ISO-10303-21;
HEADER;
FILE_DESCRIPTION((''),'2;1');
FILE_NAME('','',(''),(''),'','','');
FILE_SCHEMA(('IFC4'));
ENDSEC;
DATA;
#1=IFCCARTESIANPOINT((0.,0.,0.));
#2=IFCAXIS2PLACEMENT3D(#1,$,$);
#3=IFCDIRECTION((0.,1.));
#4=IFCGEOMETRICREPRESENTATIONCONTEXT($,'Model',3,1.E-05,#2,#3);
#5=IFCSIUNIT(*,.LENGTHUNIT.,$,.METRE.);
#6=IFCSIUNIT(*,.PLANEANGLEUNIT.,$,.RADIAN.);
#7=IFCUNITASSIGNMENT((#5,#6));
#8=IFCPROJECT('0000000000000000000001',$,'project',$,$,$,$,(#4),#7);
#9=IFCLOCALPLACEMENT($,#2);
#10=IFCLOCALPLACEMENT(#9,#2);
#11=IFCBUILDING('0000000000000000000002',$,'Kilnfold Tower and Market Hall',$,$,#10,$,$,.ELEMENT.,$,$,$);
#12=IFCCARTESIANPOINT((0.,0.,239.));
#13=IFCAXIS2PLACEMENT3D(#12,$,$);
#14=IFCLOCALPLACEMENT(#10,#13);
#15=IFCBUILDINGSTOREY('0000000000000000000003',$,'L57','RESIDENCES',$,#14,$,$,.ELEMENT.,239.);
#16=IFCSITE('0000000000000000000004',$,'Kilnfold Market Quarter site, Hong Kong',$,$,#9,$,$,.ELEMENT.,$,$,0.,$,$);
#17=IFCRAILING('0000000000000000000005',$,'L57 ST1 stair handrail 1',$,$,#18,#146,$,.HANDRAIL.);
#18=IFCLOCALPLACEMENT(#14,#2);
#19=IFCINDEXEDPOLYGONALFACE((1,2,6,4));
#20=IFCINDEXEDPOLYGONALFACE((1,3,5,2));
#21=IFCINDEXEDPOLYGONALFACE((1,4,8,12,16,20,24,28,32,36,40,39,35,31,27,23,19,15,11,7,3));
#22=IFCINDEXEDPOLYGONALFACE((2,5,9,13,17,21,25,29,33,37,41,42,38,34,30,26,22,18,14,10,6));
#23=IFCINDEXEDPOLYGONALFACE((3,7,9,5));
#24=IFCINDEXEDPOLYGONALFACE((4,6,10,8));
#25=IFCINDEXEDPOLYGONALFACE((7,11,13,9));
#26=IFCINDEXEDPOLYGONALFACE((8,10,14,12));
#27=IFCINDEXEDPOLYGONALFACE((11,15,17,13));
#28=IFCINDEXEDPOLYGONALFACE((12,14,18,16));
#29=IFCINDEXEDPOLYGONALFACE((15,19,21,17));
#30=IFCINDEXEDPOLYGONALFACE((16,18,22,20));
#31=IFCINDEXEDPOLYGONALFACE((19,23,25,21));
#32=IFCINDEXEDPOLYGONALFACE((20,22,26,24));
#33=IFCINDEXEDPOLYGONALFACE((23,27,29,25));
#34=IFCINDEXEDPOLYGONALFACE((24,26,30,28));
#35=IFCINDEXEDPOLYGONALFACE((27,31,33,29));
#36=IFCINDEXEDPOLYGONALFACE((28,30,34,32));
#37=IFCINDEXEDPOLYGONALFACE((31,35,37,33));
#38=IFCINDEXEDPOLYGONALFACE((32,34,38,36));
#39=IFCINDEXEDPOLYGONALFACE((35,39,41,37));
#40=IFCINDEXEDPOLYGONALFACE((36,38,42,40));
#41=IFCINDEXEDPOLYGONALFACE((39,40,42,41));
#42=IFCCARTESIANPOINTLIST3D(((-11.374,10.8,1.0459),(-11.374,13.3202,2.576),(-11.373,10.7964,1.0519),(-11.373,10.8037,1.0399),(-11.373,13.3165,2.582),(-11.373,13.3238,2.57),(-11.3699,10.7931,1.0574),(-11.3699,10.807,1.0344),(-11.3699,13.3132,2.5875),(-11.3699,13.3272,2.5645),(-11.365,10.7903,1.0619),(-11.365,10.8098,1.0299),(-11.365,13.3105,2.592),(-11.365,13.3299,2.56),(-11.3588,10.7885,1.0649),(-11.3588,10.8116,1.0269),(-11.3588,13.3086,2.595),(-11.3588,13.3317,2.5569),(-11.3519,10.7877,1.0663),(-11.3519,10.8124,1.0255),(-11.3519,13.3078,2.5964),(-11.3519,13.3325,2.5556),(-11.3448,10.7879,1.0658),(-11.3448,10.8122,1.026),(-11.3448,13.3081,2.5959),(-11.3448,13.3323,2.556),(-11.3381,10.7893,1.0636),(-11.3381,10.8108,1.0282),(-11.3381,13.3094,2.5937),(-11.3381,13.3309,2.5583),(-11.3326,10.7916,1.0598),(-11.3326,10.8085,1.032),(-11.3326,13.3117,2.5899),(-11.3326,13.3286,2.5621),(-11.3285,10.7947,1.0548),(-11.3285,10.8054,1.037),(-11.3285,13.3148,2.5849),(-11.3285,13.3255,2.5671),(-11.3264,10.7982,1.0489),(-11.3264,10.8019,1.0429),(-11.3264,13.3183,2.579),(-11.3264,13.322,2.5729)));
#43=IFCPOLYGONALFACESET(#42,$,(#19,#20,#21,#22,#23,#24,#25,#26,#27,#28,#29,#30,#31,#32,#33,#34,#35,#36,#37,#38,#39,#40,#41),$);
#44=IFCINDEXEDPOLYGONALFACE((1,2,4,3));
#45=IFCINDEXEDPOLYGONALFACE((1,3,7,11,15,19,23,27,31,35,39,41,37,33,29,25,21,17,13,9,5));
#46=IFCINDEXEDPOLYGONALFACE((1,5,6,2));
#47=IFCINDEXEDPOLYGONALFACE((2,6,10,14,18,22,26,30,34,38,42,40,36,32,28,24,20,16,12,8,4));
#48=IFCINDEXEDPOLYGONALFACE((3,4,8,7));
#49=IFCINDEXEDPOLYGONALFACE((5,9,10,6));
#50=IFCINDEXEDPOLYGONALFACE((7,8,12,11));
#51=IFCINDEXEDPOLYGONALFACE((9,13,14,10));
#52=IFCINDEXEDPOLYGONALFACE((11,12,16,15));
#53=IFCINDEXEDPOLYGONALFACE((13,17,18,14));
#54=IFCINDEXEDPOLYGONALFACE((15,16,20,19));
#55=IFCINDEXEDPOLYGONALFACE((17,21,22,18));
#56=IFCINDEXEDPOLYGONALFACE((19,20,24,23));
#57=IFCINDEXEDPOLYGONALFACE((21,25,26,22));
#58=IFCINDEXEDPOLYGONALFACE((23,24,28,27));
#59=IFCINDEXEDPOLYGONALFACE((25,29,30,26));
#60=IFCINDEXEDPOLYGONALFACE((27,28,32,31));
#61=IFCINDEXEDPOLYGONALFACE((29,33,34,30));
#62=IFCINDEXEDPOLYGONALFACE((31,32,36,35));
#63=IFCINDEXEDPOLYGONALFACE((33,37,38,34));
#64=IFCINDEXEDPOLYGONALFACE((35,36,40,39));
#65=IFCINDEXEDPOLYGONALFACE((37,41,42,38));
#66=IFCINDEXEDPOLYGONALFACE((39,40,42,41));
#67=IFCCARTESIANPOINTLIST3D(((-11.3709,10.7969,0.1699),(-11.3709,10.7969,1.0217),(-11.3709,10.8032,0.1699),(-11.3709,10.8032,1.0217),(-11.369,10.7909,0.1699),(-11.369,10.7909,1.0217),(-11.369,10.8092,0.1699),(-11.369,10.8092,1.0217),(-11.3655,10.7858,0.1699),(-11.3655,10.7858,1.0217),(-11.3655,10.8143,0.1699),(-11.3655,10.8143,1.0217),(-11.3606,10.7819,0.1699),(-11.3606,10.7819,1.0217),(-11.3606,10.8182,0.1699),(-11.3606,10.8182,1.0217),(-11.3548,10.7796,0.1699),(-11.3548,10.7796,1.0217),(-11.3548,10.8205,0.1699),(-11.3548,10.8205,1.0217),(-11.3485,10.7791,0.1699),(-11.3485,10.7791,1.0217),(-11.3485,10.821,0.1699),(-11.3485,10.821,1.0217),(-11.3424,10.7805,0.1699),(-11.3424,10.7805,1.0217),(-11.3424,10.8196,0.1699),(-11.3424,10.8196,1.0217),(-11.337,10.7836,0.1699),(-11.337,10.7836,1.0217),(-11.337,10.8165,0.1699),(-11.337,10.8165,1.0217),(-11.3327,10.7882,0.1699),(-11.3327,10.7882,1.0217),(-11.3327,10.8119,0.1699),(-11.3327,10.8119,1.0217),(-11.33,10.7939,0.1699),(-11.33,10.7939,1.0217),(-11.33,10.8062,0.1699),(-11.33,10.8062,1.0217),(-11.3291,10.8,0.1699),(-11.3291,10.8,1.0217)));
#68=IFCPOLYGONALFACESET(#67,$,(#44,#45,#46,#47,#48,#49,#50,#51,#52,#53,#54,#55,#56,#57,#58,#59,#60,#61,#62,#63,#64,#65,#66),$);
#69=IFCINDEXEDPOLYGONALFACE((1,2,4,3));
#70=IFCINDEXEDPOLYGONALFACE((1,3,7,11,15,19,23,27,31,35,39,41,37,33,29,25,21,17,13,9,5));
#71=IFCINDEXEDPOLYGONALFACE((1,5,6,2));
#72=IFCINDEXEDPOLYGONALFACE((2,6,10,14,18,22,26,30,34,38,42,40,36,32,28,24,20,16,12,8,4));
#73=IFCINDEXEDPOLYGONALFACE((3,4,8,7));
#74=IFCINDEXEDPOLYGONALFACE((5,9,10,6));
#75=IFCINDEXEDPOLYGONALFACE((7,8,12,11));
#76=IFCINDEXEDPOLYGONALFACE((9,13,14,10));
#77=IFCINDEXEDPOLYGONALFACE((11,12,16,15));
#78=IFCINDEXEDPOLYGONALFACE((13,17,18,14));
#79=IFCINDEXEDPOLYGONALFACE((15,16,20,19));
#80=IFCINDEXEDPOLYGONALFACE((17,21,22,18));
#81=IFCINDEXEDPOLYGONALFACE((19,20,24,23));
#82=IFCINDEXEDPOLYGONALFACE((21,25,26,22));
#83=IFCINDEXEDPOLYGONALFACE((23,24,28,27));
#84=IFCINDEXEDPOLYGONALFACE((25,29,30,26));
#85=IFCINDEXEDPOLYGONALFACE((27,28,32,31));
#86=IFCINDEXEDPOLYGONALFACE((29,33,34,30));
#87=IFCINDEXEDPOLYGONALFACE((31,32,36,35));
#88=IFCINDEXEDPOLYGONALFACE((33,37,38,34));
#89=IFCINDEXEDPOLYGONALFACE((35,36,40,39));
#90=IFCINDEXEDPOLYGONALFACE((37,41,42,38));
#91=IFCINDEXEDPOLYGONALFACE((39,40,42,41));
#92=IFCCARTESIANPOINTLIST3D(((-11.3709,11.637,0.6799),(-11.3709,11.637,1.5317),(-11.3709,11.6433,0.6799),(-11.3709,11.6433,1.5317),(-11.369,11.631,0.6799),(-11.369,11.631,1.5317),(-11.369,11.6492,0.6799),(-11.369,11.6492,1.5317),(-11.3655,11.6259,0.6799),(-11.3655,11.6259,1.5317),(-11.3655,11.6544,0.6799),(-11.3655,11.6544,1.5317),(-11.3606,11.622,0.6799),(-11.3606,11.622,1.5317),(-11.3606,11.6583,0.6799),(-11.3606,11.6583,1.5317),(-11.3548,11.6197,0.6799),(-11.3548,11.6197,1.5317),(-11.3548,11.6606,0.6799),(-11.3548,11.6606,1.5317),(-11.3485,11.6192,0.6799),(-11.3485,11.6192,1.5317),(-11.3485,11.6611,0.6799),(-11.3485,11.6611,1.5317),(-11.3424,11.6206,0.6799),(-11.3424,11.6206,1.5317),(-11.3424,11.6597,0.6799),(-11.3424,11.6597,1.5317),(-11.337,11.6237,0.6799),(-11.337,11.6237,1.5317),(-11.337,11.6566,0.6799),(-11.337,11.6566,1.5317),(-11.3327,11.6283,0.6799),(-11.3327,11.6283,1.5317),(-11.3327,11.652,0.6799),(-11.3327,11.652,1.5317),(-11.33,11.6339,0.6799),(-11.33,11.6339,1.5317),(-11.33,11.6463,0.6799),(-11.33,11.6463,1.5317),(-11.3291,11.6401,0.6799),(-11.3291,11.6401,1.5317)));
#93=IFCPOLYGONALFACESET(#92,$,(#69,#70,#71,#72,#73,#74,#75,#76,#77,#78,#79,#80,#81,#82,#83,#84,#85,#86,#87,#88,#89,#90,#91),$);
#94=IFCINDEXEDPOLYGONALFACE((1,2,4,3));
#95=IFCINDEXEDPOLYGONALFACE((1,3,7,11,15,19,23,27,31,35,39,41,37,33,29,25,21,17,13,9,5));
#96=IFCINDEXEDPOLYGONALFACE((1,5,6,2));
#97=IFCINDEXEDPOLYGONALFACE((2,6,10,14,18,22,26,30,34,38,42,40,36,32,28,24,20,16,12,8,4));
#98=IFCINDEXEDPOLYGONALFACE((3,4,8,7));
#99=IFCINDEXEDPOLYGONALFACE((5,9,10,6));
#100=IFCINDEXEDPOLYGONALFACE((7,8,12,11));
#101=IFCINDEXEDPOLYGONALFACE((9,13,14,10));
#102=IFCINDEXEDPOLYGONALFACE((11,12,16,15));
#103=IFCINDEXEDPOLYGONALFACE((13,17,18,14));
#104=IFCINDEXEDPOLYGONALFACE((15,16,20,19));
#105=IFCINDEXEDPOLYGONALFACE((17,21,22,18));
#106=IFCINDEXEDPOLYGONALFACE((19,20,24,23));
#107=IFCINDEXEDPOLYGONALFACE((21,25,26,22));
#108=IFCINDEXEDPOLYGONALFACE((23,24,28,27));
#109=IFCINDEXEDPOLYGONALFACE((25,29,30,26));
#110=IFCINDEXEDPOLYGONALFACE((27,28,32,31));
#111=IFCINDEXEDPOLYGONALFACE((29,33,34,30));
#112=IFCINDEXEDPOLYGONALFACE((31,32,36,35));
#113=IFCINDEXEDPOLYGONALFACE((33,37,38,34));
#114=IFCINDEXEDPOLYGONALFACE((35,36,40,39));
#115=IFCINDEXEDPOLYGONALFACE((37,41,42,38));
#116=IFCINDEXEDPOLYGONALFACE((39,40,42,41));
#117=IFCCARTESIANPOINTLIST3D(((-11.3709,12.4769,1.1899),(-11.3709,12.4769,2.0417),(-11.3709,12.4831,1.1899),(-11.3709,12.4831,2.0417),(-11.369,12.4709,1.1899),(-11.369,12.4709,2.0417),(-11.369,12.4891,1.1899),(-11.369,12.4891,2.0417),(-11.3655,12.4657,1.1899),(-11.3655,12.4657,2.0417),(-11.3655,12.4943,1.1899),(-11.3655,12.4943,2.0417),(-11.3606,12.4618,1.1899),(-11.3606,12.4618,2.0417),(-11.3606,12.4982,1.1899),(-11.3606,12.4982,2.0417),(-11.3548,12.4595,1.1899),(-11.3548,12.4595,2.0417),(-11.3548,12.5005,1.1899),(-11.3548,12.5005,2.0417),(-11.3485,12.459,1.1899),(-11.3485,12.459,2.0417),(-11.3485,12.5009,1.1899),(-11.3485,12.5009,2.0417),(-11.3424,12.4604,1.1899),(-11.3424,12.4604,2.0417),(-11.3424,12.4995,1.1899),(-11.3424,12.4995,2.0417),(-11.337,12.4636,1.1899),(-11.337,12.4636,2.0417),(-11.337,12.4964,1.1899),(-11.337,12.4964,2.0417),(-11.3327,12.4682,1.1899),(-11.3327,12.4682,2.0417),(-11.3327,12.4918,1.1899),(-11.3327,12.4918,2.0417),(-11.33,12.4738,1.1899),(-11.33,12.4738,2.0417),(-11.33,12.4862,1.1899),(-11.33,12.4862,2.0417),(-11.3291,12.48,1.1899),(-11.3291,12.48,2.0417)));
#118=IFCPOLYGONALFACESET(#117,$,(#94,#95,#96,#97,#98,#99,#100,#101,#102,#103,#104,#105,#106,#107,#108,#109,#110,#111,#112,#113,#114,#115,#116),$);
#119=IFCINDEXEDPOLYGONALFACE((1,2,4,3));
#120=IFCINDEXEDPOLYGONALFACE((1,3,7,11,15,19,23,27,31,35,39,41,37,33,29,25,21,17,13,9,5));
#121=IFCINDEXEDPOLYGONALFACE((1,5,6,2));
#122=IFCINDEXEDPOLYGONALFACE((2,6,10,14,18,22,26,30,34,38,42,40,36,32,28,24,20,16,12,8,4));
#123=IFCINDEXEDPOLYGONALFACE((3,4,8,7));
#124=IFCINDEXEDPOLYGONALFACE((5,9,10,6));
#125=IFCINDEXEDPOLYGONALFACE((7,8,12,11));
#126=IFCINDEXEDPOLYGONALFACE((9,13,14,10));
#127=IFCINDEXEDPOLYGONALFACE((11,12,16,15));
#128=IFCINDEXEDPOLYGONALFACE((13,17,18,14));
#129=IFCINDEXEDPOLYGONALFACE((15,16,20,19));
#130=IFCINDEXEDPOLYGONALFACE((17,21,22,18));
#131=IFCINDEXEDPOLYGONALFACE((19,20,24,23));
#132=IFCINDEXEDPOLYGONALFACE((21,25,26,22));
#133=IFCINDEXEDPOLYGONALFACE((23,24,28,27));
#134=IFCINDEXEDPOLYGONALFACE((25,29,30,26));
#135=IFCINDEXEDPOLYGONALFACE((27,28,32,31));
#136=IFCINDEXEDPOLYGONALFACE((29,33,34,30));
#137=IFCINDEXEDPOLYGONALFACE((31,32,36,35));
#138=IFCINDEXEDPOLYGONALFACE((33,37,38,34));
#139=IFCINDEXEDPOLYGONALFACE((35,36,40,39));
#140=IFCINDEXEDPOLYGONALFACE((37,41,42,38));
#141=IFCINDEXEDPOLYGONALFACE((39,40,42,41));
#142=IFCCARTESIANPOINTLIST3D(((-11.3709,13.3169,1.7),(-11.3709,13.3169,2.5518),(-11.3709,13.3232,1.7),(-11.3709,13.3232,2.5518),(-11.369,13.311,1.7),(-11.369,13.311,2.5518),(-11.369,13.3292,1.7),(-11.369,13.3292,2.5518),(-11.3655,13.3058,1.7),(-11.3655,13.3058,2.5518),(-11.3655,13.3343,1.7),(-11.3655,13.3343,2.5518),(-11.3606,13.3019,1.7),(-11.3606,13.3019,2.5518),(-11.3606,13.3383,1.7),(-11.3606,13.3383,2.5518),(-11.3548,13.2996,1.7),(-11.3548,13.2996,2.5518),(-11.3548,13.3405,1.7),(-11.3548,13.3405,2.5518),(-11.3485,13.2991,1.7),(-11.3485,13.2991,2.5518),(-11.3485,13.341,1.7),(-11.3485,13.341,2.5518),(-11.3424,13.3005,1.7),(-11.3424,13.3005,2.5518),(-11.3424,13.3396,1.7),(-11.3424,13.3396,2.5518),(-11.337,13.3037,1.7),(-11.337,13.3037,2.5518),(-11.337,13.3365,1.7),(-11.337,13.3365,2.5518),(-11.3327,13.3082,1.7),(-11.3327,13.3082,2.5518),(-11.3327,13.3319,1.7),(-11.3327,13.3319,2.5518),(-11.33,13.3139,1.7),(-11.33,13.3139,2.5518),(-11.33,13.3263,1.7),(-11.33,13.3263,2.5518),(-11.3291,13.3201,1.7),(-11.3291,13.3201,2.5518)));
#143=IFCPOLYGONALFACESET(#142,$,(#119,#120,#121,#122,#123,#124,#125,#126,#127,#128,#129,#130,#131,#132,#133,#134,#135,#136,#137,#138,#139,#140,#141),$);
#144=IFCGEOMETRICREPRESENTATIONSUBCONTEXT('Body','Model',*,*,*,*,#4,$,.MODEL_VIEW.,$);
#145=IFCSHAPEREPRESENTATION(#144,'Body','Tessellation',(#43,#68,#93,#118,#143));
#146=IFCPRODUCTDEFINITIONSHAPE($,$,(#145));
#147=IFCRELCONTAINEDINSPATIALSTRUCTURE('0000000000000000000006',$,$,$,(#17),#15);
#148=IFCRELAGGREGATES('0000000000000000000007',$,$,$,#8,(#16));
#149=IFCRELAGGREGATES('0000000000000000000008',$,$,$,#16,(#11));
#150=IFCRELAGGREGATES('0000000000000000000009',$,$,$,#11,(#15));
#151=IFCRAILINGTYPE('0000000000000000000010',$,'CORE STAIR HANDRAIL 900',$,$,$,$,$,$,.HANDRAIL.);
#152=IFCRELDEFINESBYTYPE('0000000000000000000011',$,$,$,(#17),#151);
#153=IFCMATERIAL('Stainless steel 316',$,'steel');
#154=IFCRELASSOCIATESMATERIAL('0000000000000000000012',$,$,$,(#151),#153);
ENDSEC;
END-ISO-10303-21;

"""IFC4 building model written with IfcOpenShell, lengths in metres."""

from ifc_helpers import new_model, si_unit, direction, frame, origin, origin_2d, place, context, subcontext, project, spatial, circle, extrude, material, type_object, element, save


model = new_model("IFC4")

# Units and contexts
model_context = context("Model", 3, precision=1e-05, world=origin(), true_north=direction((0.0, 1.0)))
body_context = subcontext(model_context, "Body", "Model", "MODEL_VIEW")
ifc_project = project(units=[si_unit("LENGTHUNIT", "METRE"), si_unit("PLANEANGLEUNIT", "RADIAN")], contexts=[model_context])

# Site, building, storey
site_placement = place(None, origin())
site = spatial("IfcSite", under=ifc_project, at=site_placement, Name="Kilnfold Market Quarter site, Hong Kong", CompositionType="ELEMENT", RefElevation=0.0)
building_placement = place(site_placement, origin())
building = spatial("IfcBuilding", under=site, at=building_placement, Name="Kilnfold Tower and Market Hall", CompositionType="ELEMENT")
storey_placement = place(building_placement, frame((0.0, 0.0, 239.0)))
storey = spatial("IfcBuildingStorey", under=building, at=storey_placement, Name="L57", Description="RESIDENCES", CompositionType="ELEMENT", Elevation=239.0)

# Railing
ifc_material_1 = material(Name="Stainless steel 316", Category="steel")
railing_type_1 = type_object("IfcRailingType", Name="CORE STAIR HANDRAIL 900", PredefinedType="HANDRAIL", material=ifc_material_1)
railing_1_placement = place(storey_placement, frame((-11.3501, 10.8, 0.1699)))
element("IfcRailing", 1, at=railing_1_placement, inside=storey, type_object=railing_type_1, Name="L57 ST1 stair handrail 1", PredefinedType="HANDRAIL", context=body_context, shape_type="SweptSolid", body=[
    extrude(circle(Radius=0.0239, at=origin_2d()), frame((0.0, 0.0, 0.876), z_axis=(0.0, 0.854785, 0.518982), x_axis=(-1.0, 0.0, 0.0)), (0.0, 0.0, 1.0), 2.9482),
    extrude(circle(Radius=0.021, at=origin_2d()), origin(), (0.0, 0.0, 1.0), 0.8518),
    extrude(circle(Radius=0.021, at=origin_2d()), frame((0.0, 0.8401, 0.51)), (0.0, 0.0, 1.0), 0.8518),
    extrude(circle(Radius=0.021, at=origin_2d()), frame((0.0, 1.6799, 1.02)), (0.0, 0.0, 1.0), 0.8518),
    extrude(circle(Radius=0.021, at=origin_2d()), frame((0.0, 2.52, 1.53)), (0.0, 0.0, 1.0), 0.8518),
])

save(model, "model.ifc")
